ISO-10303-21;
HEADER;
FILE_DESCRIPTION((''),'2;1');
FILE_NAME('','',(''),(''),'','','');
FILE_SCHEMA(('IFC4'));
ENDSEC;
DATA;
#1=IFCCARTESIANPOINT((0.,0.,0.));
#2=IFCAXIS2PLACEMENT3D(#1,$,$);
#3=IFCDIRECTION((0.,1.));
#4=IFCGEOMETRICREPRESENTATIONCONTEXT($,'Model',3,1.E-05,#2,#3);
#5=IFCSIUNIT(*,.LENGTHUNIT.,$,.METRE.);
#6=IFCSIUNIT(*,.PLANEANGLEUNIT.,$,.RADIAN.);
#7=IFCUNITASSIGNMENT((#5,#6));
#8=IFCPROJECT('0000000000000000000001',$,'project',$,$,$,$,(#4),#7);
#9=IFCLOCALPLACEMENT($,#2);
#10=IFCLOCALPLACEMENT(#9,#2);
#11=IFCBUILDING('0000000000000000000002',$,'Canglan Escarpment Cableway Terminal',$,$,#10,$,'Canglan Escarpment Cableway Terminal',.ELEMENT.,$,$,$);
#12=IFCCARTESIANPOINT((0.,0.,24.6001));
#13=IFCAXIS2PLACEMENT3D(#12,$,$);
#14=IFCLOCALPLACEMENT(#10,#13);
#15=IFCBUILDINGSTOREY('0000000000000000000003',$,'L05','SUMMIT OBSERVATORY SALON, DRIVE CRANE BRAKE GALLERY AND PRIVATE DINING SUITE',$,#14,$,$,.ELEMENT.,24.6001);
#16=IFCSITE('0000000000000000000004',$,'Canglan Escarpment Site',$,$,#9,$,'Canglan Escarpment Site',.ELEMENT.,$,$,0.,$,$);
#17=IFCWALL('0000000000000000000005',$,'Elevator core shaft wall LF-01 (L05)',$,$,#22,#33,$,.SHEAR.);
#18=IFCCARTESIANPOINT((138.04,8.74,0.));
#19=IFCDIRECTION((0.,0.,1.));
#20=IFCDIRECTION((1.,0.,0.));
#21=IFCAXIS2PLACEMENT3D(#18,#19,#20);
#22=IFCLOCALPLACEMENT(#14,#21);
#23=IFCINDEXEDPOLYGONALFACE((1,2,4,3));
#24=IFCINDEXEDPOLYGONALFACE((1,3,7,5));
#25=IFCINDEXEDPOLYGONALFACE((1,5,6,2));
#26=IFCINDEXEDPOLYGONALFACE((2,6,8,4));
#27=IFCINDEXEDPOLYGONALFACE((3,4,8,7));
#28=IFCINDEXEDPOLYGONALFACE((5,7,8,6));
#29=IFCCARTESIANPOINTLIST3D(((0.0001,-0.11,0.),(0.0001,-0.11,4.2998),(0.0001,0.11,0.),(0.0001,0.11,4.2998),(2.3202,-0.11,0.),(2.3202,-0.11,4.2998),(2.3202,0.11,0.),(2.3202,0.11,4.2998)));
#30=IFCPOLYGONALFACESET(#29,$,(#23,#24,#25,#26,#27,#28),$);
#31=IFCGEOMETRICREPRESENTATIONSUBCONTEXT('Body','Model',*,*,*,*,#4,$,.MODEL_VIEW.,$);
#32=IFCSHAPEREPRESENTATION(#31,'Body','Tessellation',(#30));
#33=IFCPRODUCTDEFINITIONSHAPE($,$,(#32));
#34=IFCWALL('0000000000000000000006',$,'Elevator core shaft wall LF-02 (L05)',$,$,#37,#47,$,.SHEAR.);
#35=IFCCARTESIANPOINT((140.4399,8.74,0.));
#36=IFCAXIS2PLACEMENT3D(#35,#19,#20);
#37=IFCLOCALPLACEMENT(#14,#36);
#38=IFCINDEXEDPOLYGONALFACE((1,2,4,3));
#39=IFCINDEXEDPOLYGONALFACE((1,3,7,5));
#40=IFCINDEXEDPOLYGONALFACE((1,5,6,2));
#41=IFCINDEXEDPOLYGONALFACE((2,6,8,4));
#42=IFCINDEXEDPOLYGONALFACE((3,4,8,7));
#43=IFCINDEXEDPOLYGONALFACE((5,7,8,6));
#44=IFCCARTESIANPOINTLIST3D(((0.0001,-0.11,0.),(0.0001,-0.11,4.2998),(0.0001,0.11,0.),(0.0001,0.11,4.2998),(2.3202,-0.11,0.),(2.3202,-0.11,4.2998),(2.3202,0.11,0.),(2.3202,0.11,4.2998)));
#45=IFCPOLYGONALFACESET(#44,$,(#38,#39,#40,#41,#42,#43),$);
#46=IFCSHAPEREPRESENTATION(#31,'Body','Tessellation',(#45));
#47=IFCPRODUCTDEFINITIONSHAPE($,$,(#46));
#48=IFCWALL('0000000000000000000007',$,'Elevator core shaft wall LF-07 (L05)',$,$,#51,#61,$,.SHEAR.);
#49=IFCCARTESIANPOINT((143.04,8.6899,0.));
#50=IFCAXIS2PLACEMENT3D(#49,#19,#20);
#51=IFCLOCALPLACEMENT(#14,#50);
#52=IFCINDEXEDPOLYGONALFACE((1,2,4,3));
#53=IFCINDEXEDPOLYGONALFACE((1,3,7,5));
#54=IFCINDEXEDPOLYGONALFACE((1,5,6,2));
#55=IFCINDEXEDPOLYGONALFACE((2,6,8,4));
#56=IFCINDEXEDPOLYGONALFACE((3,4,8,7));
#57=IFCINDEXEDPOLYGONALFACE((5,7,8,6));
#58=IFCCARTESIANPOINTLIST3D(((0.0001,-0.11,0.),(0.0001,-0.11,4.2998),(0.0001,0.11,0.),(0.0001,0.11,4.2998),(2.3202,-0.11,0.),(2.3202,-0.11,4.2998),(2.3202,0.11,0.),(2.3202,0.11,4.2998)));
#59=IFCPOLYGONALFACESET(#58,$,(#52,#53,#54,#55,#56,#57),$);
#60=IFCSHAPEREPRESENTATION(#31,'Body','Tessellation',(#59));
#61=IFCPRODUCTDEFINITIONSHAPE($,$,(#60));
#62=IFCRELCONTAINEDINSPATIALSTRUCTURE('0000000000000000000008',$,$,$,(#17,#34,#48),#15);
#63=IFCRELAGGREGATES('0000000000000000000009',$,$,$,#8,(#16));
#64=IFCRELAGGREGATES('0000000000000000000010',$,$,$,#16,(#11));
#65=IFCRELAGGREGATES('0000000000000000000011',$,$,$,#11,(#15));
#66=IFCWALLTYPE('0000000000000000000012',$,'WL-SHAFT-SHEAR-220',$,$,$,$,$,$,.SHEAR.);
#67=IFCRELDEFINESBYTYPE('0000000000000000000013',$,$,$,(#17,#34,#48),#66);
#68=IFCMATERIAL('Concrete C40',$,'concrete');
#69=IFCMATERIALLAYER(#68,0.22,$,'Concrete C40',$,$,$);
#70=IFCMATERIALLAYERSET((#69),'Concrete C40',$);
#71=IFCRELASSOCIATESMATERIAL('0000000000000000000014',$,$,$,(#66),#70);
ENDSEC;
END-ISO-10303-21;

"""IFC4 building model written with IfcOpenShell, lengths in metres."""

from ifc_helpers import new_model, si_unit, direction, frame, frame_2d, origin, place, context, subcontext, project, spatial, rectangle, extrude, material, layer, layer_set, type_object, element, save


model = new_model("IFC4")

# Units and contexts
model_context = context("Model", 3, precision=1e-05, world=origin(), true_north=direction((0.0, 1.0)))
body_context = subcontext(model_context, "Body", "Model", "MODEL_VIEW")
ifc_project = project(units=[si_unit("LENGTHUNIT", "METRE"), si_unit("PLANEANGLEUNIT", "RADIAN")], contexts=[model_context])

# Site, building, storey
site_placement = place(None, origin())
site = spatial("IfcSite", under=ifc_project, at=site_placement, Name="Canglan Escarpment Site", LongName="Canglan Escarpment Site", CompositionType="ELEMENT", RefElevation=0.0)
building_placement = place(site_placement, origin())
building = spatial("IfcBuilding", under=site, at=building_placement, Name="Canglan Escarpment Cableway Terminal", LongName="Canglan Escarpment Cableway Terminal", CompositionType="ELEMENT")
storey_placement = place(building_placement, frame((0.0, 0.0, 24.6001)))
storey = spatial("IfcBuildingStorey", under=building, at=storey_placement, Name="L05", Description="SUMMIT OBSERVATORY SALON, DRIVE CRANE BRAKE GALLERY AND PRIVATE DINING SUITE", CompositionType="ELEMENT", Elevation=24.6001)

# Shared definitions
ifc_material_1 = material(Name="Concrete C40", Category="concrete")

# Wall
ifc_layer_1 = layer(ifc_material_1, 0.22, Name="Concrete C40")
ifc_layer_set_1 = layer_set([ifc_layer_1], Name="Concrete C40")
wall_type_1 = type_object("IfcWallType", Name="WL-SHAFT-SHEAR-220", PredefinedType="SHEAR", material=ifc_layer_set_1)
wall_1_placement = place(storey_placement, frame((138.04, 8.74, 0.0), z_axis=(0.0, 0.0, 1.0), x_axis=(1.0, 0.0, 0.0)))
element("IfcWall", 1, at=wall_1_placement, inside=storey, type_object=wall_type_1, Name="Elevator core shaft wall LF-01 (L05)", PredefinedType="SHEAR", context=body_context, shape_type="SweptSolid", body=[
    extrude(rectangle(XDim=2.3201, YDim=0.22, at=frame_2d((1.1602, 0.0))), origin(), (0.0, 0.0, 1.0), 4.2998),
])

# Wall
wall_2_placement = place(storey_placement, frame((140.4399, 8.74, 0.0), z_axis=(0.0, 0.0, 1.0), x_axis=(1.0, 0.0, 0.0)))
element("IfcWall", 2, at=wall_2_placement, inside=storey, type_object=wall_type_1, Name="Elevator core shaft wall LF-02 (L05)", PredefinedType="SHEAR", context=body_context, shape_type="SweptSolid", body=[
    extrude(rectangle(XDim=2.3201, YDim=0.22, at=frame_2d((1.1602, 0.0))), origin(), (0.0, 0.0, 1.0), 4.2998),
])

# Wall
wall_3_placement = place(storey_placement, frame((143.04, 8.6899, 0.0), z_axis=(0.0, 0.0, 1.0), x_axis=(1.0, 0.0, 0.0)))
element("IfcWall", 3, at=wall_3_placement, inside=storey, type_object=wall_type_1, Name="Elevator core shaft wall LF-07 (L05)", PredefinedType="SHEAR", context=body_context, shape_type="SweptSolid", body=[
    extrude(rectangle(XDim=2.3201, YDim=0.22, at=frame_2d((1.1602, 0.0))), origin(), (0.0, 0.0, 1.0), 4.2998),
])

save(model, "model.ifc")
